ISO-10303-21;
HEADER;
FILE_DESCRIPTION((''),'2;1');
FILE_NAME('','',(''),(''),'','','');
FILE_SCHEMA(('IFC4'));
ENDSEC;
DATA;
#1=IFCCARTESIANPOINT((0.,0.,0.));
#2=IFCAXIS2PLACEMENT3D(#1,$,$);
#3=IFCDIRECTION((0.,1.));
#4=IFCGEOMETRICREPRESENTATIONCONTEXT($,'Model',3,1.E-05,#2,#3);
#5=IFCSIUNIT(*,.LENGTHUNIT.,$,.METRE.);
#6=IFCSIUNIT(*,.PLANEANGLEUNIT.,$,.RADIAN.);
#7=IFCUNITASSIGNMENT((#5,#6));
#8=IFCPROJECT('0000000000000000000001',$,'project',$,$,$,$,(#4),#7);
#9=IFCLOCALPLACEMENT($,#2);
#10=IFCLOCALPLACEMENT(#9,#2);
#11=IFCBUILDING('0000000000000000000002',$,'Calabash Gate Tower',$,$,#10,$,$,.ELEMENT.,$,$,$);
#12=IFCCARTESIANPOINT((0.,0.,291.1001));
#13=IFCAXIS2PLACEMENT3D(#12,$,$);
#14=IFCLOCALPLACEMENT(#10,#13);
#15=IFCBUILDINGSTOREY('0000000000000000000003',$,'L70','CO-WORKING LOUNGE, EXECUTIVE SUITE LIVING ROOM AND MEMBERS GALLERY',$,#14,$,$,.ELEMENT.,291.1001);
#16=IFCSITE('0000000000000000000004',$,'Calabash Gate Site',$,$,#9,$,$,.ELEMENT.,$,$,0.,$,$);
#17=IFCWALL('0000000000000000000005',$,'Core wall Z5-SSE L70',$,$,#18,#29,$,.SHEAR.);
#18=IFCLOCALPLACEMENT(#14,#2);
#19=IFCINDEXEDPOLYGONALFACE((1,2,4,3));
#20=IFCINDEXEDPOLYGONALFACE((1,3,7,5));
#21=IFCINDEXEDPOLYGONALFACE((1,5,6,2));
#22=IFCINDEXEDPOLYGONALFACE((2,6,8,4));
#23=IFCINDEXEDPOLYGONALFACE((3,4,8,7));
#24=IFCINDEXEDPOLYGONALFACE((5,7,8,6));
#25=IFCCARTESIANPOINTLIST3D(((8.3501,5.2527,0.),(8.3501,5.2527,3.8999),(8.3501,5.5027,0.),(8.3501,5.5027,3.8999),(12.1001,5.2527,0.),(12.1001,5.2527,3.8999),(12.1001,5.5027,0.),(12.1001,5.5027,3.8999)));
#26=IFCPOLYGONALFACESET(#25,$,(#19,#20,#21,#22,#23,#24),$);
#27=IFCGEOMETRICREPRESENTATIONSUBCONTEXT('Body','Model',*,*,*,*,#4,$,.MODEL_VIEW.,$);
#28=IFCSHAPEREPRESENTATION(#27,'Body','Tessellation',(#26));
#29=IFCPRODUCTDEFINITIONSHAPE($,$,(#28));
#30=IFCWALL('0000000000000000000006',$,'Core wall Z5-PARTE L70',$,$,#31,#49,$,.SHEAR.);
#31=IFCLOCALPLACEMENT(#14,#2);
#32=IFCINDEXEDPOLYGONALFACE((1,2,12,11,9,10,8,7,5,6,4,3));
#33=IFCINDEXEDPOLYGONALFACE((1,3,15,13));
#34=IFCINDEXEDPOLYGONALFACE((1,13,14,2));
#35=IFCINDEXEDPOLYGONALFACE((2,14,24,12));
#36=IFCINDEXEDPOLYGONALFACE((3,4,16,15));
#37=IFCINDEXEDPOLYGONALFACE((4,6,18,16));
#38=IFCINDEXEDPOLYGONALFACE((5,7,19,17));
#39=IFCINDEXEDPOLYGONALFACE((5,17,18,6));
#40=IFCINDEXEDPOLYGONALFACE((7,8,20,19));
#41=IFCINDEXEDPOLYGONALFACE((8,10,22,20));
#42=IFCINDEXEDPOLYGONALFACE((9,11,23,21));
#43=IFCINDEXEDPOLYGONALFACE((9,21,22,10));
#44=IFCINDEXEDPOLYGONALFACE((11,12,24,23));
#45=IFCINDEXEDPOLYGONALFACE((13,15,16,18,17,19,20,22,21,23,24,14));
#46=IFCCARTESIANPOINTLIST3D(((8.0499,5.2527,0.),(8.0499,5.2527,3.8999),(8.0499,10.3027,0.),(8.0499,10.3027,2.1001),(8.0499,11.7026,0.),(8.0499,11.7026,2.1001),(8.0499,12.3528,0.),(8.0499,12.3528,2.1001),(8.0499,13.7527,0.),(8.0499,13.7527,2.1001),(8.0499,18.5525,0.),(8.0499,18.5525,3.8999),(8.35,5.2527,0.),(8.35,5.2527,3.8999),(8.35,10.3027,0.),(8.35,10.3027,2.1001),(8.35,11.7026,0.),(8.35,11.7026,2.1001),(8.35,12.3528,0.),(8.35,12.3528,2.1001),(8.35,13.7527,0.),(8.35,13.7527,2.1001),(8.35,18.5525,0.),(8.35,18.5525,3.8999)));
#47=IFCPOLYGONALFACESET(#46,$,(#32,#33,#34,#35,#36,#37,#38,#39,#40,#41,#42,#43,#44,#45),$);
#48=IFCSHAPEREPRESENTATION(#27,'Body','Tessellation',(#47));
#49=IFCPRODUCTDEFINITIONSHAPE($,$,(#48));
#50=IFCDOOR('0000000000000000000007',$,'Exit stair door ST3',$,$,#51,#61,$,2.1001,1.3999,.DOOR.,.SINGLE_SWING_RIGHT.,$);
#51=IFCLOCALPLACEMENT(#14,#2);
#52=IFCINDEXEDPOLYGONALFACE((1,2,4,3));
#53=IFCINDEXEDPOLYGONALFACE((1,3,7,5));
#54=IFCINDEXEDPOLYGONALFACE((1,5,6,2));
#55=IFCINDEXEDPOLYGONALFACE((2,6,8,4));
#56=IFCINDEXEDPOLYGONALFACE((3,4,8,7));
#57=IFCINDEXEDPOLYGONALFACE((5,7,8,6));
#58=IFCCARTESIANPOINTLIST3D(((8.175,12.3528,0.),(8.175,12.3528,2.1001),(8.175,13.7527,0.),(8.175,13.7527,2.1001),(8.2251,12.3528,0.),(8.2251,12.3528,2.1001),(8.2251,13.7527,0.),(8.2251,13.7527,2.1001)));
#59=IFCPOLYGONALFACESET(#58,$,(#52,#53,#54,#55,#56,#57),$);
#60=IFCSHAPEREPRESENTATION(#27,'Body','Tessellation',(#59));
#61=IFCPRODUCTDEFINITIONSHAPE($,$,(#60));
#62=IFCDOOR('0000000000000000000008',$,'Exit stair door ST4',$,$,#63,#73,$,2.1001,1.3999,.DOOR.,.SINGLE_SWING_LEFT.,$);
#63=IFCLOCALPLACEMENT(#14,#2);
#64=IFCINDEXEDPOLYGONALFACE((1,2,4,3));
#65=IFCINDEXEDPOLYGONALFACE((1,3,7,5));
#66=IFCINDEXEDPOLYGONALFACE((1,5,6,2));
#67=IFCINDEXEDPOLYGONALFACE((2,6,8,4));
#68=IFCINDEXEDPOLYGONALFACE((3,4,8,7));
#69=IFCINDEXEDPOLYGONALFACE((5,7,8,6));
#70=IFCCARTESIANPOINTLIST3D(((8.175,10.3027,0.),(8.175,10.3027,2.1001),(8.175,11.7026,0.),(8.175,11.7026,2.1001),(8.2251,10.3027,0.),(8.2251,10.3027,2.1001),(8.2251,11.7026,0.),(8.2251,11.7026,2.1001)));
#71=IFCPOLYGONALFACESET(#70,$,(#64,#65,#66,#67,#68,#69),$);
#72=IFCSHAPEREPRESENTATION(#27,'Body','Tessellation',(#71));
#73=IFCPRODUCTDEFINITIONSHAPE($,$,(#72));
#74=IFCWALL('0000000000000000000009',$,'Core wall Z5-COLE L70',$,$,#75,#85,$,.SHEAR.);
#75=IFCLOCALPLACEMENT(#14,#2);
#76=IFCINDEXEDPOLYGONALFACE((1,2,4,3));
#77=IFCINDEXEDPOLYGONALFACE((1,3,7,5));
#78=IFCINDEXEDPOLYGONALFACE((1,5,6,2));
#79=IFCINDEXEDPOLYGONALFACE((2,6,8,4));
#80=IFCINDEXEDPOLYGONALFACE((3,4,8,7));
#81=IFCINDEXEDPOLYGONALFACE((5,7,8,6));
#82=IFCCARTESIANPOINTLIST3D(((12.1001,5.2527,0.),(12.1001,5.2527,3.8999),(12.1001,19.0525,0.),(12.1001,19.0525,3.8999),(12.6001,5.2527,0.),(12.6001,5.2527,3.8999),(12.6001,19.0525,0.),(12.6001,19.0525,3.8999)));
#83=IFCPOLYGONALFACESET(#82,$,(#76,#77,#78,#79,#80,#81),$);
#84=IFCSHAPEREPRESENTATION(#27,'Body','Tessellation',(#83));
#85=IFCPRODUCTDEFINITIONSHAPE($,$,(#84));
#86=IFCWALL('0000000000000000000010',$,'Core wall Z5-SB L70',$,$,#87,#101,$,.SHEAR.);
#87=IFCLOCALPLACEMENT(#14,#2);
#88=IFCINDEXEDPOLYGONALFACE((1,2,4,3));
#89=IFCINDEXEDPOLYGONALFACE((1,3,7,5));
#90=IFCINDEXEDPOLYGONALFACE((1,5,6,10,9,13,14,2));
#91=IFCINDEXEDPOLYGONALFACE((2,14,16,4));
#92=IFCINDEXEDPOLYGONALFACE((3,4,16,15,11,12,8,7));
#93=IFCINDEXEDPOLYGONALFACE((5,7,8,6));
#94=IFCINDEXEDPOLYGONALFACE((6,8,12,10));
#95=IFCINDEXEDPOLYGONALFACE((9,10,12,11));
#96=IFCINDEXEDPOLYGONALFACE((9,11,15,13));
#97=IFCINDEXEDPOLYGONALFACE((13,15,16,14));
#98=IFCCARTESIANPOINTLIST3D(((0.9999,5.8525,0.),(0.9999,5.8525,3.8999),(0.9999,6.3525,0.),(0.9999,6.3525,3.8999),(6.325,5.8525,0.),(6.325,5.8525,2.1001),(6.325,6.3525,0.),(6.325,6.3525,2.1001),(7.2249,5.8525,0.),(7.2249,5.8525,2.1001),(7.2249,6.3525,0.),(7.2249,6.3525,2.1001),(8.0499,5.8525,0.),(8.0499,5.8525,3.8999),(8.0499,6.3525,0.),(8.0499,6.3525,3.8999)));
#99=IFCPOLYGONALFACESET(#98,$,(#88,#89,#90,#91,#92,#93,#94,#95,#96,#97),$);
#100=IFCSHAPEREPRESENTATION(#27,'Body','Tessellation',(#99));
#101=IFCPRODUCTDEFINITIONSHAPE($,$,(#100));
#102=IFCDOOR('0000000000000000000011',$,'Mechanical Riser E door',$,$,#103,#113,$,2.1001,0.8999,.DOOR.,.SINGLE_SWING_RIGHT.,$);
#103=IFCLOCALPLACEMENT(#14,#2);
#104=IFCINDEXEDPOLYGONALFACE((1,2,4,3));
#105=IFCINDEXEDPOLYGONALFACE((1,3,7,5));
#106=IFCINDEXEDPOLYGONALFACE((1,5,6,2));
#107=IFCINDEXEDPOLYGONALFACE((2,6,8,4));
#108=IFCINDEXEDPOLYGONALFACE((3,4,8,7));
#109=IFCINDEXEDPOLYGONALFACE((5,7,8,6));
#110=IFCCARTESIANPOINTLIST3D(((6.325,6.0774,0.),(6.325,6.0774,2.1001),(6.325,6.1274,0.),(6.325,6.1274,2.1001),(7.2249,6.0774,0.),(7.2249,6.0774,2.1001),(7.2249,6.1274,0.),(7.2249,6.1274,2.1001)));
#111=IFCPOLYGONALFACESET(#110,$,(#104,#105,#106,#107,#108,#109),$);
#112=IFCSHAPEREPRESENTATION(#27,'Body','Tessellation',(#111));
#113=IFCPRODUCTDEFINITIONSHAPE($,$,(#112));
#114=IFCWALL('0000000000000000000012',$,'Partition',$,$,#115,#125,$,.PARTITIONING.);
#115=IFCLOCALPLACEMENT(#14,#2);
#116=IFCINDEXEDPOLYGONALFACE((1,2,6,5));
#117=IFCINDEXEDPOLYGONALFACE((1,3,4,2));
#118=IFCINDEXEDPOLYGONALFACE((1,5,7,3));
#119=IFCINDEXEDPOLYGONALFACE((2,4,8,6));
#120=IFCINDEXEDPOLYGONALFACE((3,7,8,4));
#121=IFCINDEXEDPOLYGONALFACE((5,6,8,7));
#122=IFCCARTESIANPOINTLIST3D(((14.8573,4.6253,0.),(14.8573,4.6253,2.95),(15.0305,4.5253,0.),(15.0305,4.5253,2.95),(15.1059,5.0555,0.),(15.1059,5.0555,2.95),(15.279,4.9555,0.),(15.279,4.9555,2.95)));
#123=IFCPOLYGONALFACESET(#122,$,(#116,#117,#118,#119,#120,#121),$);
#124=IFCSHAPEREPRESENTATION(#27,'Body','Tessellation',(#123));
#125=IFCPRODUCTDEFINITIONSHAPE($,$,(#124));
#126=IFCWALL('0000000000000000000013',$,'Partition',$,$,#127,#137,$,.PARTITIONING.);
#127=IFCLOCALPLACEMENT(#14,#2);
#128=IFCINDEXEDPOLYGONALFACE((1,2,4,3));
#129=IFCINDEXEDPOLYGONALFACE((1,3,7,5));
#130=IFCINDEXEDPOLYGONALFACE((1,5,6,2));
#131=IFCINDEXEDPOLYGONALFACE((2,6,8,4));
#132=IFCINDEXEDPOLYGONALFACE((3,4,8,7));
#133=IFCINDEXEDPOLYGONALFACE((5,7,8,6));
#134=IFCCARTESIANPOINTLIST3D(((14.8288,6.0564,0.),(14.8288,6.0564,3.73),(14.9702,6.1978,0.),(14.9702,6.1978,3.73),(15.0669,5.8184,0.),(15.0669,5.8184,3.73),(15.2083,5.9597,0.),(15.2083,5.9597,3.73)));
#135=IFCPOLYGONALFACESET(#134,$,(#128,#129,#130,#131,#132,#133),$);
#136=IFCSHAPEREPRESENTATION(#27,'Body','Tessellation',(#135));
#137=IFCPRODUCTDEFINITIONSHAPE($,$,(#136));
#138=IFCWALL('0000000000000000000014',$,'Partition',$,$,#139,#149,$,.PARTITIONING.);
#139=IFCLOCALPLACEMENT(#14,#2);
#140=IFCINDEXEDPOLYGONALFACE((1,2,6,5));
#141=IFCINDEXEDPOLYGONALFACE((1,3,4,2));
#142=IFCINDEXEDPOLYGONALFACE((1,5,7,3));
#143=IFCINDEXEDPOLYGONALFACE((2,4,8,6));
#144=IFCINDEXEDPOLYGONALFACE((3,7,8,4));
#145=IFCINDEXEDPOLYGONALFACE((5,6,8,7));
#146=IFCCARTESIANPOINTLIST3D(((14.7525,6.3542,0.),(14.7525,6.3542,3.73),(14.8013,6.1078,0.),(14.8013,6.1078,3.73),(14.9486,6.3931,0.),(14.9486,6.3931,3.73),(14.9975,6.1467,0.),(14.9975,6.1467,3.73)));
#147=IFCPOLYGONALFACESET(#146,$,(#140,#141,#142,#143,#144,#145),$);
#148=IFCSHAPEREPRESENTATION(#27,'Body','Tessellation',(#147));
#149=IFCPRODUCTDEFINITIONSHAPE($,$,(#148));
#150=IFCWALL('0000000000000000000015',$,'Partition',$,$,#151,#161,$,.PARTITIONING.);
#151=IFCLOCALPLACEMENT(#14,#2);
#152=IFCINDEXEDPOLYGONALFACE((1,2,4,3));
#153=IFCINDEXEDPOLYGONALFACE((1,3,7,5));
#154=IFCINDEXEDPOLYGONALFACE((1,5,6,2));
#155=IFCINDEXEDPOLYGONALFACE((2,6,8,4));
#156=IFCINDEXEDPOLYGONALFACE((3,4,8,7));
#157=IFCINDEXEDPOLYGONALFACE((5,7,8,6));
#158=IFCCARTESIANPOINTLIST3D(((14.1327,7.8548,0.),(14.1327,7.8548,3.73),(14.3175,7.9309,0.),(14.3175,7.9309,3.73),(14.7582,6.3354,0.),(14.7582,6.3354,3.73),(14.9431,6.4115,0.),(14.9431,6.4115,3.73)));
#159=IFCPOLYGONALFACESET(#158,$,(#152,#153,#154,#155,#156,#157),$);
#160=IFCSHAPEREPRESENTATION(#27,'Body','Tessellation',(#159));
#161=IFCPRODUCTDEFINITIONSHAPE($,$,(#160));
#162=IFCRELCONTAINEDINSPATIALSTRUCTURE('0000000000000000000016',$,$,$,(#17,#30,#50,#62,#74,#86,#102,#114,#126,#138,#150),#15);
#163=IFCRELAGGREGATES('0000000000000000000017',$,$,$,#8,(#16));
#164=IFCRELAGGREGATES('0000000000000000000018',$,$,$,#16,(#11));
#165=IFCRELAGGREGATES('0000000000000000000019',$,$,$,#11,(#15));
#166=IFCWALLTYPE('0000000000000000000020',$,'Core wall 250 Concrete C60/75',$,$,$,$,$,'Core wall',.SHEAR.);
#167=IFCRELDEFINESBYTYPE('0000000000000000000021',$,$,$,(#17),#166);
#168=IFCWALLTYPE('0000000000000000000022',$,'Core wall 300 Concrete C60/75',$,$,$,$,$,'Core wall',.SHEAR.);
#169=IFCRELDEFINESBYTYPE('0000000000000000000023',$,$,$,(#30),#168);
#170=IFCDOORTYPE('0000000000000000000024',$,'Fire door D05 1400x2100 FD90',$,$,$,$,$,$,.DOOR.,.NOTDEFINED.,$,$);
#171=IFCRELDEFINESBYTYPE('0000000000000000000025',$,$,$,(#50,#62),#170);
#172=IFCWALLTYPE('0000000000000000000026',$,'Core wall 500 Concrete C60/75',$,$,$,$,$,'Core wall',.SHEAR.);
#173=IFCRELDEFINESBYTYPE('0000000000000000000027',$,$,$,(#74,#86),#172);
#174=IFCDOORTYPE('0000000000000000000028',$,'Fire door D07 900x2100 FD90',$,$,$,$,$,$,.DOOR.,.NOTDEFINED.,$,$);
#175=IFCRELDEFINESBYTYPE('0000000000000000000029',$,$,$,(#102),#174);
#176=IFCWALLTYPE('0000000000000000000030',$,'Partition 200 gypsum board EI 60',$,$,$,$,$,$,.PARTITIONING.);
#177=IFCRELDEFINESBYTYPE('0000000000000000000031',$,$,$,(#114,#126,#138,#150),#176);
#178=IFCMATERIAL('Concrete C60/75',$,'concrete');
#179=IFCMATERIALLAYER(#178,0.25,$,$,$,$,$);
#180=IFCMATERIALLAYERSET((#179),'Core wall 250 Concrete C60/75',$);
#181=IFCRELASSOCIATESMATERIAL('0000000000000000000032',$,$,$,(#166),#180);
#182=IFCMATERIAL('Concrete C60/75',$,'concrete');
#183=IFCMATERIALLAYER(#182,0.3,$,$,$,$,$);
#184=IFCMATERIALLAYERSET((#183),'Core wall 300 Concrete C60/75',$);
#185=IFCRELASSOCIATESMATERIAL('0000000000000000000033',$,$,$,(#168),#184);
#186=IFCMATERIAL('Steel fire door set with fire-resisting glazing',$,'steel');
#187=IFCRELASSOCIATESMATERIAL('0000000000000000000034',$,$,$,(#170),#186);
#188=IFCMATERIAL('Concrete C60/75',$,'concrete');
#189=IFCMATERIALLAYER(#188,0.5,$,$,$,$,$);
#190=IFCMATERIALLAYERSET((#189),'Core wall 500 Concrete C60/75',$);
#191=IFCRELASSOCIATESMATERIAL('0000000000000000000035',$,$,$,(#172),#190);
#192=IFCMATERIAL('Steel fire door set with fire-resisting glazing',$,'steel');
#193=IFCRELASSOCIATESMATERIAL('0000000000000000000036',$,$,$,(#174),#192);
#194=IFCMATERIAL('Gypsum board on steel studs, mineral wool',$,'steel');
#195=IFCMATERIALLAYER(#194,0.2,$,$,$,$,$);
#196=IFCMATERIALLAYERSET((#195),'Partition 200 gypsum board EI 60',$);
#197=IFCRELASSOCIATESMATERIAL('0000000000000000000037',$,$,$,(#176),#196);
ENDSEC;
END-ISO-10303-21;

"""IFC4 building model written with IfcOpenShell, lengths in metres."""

from ifc_helpers import new_model, si_unit, direction, frame, frame_2d, origin, place, context, subcontext, project, spatial, rectangle, extrude, material, layer, layer_set, type_object, element, fill, save


model = new_model("IFC4")

# Units and contexts
model_context = context("Model", 3, precision=1e-05, world=origin(), true_north=direction((0.0, 1.0)))
body_context = subcontext(model_context, "Body", "Model", "MODEL_VIEW")
ifc_project = project(units=[si_unit("LENGTHUNIT", "METRE"), si_unit("PLANEANGLEUNIT", "RADIAN")], contexts=[model_context])

# Site, building, storey
site_placement = place(None, origin())
site = spatial("IfcSite", under=ifc_project, at=site_placement, Name="Calabash Gate Site", CompositionType="ELEMENT", RefElevation=0.0)
building_placement = place(site_placement, origin())
building = spatial("IfcBuilding", under=site, at=building_placement, Name="Calabash Gate Tower", CompositionType="ELEMENT")
storey_placement = place(building_placement, frame((0.0, 0.0, 291.1001)))
storey = spatial("IfcBuildingStorey", under=building, at=storey_placement, Name="L70", Description="CO-WORKING LOUNGE, EXECUTIVE SUITE LIVING ROOM AND MEMBERS GALLERY", CompositionType="ELEMENT", Elevation=291.1001)

# Wall
ifc_material_1 = material(Name="Concrete C60/75", Category="concrete")
ifc_layer_1 = layer(ifc_material_1, 0.25)
ifc_layer_set_1 = layer_set([ifc_layer_1], Name="Core wall 250 Concrete C60/75")
wall_type_1 = type_object("IfcWallType", Name="Core wall 250 Concrete C60/75", ElementType="Core wall", PredefinedType="SHEAR", material=ifc_layer_set_1)
wall_1_placement = place(storey_placement, frame((8.3501, 5.3777, 0.0), z_axis=(0.0, 0.0, 1.0), x_axis=(1.0, 0.0, 0.0)))
element("IfcWall", 1, at=wall_1_placement, inside=storey, type_object=wall_type_1, Name="Core wall Z5-SSE L70", PredefinedType="SHEAR", context=body_context, shape_type="SweptSolid", body=[
    extrude(rectangle(XDim=3.75, YDim=0.25, at=frame_2d((1.875, 0.0))), origin(), (0.0, 0.0, 1.0), 3.8999),
])

# Wall, openings, doors
ifc_material_2 = material(Name="Concrete C60/75", Category="concrete")
ifc_layer_2 = layer(ifc_material_2, 0.3)
ifc_layer_set_2 = layer_set([ifc_layer_2], Name="Core wall 300 Concrete C60/75")
wall_type_2 = type_object("IfcWallType", Name="Core wall 300 Concrete C60/75", ElementType="Core wall", PredefinedType="SHEAR", material=ifc_layer_set_2)
wall_2_placement = place(storey_placement, frame((8.2, 5.2527, 0.0), z_axis=(0.0, 0.0, 1.0), x_axis=(0.0, 1.0, 0.0)))
wall_2 = element("IfcWall", 2, at=wall_2_placement, inside=storey, type_object=wall_type_2, Name="Core wall Z5-PARTE L70", PredefinedType="SHEAR", context=body_context, shape_type="SweptSolid", body=[
    extrude(rectangle(XDim=13.2998, YDim=0.3, at=frame_2d((6.6499, 0.0))), origin(), (0.0, 0.0, 1.0), 3.8999),
])
opening_1_placement = place(wall_2_placement, frame((7.1001, 0.0, 0.0)))
opening_1 = element("IfcOpeningElement", 3, at=opening_1_placement, cuts=wall_2, PredefinedType="OPENING", context=body_context, shape_type="SweptSolid", body=[
    extrude(rectangle(XDim=1.3999, YDim=2.1001, at=frame_2d((0.7, 1.05))), frame((0.0, 0.1599, 0.0), z_axis=(0.0, -1.0, 0.0), x_axis=(1.0, 0.0, 0.0)), (0.0, 0.0, 1.0), 0.3201),
])
opening_2_placement = place(wall_2_placement, frame((5.05, 0.0, 0.0)))
opening_2 = element("IfcOpeningElement", 4, at=opening_2_placement, cuts=wall_2, PredefinedType="OPENING", context=body_context, shape_type="SweptSolid", body=[
    extrude(rectangle(XDim=1.3999, YDim=2.1001, at=frame_2d((0.7, 1.05))), frame((0.0, 0.1599, 0.0), z_axis=(0.0, -1.0, 0.0), x_axis=(1.0, 0.0, 0.0)), (0.0, 0.0, 1.0), 0.3201),
])
ifc_material_3 = material(Name="Steel fire door set with fire-resisting glazing", Category="steel")
door_type_1 = type_object("IfcDoorType", Name="Fire door D05 1400x2100 FD90", OperationType="NOTDEFINED", PredefinedType="DOOR", material=ifc_material_3)
door_1_placement = place(opening_1_placement, origin())
door_1 = element("IfcDoor", 5, at=door_1_placement, inside=storey, type_object=door_type_1, Name="Exit stair door ST3", OperationType="SINGLE_SWING_RIGHT", OverallHeight=2.1001, OverallWidth=1.3999, PredefinedType="DOOR", context=body_context, shape_type="SweptSolid", body=[
    extrude(rectangle(XDim=1.3999, YDim=2.1001, at=frame_2d((0.7, 1.05))), frame((0.0, 0.0249, 0.0), z_axis=(0.0, -1.0, 0.0), x_axis=(1.0, 0.0, 0.0)), (0.0, 0.0, 1.0), 0.05),
])
fill(opening_1, door_1)
door_2_placement = place(opening_2_placement, origin())
door_2 = element("IfcDoor", 6, at=door_2_placement, inside=storey, type_object=door_type_1, Name="Exit stair door ST4", OperationType="SINGLE_SWING_LEFT", OverallHeight=2.1001, OverallWidth=1.3999, PredefinedType="DOOR", context=body_context, shape_type="SweptSolid", body=[
    extrude(rectangle(XDim=1.3999, YDim=2.1001, at=frame_2d((0.7, 1.05))), frame((0.0, 0.0249, 0.0), z_axis=(0.0, -1.0, 0.0), x_axis=(1.0, 0.0, 0.0)), (0.0, 0.0, 1.0), 0.05),
])
fill(opening_2, door_2)

# Wall
ifc_material_4 = material(Name="Concrete C60/75", Category="concrete")
ifc_layer_3 = layer(ifc_material_4, 0.5)
ifc_layer_set_3 = layer_set([ifc_layer_3], Name="Core wall 500 Concrete C60/75")
wall_type_3 = type_object("IfcWallType", Name="Core wall 500 Concrete C60/75", ElementType="Core wall", PredefinedType="SHEAR", material=ifc_layer_set_3)
wall_3_placement = place(storey_placement, frame((12.3501, 5.2527, 0.0), z_axis=(0.0, 0.0, 1.0), x_axis=(0.0, 1.0, 0.0)))
element("IfcWall", 7, at=wall_3_placement, inside=storey, type_object=wall_type_3, Name="Core wall Z5-COLE L70", PredefinedType="SHEAR", context=body_context, shape_type="SweptSolid", body=[
    extrude(rectangle(XDim=13.7998, YDim=0.5, at=frame_2d((6.8999, 0.0))), origin(), (0.0, 0.0, 1.0), 3.8999),
])

# Wall, opening, door
wall_4_placement = place(storey_placement, frame((1.0, 6.1025, 0.0), z_axis=(0.0, 0.0, 1.0), x_axis=(1.0, 0.0, 0.0)))
wall_4 = element("IfcWall", 8, at=wall_4_placement, inside=storey, type_object=wall_type_3, Name="Core wall Z5-SB L70", PredefinedType="SHEAR", context=body_context, shape_type="SweptSolid", body=[
    extrude(rectangle(XDim=7.05, YDim=0.5, at=frame_2d((3.5249, 0.0))), origin(), (0.0, 0.0, 1.0), 3.8999),
])
opening_3_placement = place(wall_4_placement, frame((5.325, 0.0, 0.0)))
opening_3 = element("IfcOpeningElement", 9, at=opening_3_placement, cuts=wall_4, PredefinedType="OPENING", context=body_context, shape_type="SweptSolid", body=[
    extrude(rectangle(XDim=0.8999, YDim=2.1001, at=frame_2d((0.45, 1.05))), frame((0.0, 0.26, 0.0), z_axis=(0.0, -1.0, 0.0), x_axis=(1.0, 0.0, 0.0)), (0.0, 0.0, 1.0), 0.52),
])
ifc_material_5 = material(Name="Steel fire door set with fire-resisting glazing", Category="steel")
door_type_2 = type_object("IfcDoorType", Name="Fire door D07 900x2100 FD90", OperationType="NOTDEFINED", PredefinedType="DOOR", material=ifc_material_5)
door_3_placement = place(opening_3_placement, origin())
door_3 = element("IfcDoor", 10, at=door_3_placement, inside=storey, type_object=door_type_2, Name="Mechanical Riser E door", OperationType="SINGLE_SWING_RIGHT", OverallHeight=2.1001, OverallWidth=0.8999, PredefinedType="DOOR", context=body_context, shape_type="SweptSolid", body=[
    extrude(rectangle(XDim=0.8999, YDim=2.1001, at=frame_2d((0.45, 1.05))), frame((0.0, 0.0249, 0.0), z_axis=(0.0, -1.0, 0.0), x_axis=(1.0, 0.0, 0.0)), (0.0, 0.0, 1.0), 0.05),
])
fill(opening_3, door_3)

# Walls
ifc_material_6 = material(Name="Gypsum board on steel studs, mineral wool", Category="steel")
ifc_layer_4 = layer(ifc_material_6, 0.2)
ifc_layer_set_4 = layer_set([ifc_layer_4], Name="Partition 200 gypsum board EI 60")
wall_type_4 = type_object("IfcWallType", Name="Partition 200 gypsum board EI 60", PredefinedType="PARTITIONING", material=ifc_layer_set_4)
wall_5_placement = place(storey_placement, frame((14.9438, 4.5752, 0.0), z_axis=(0.0, 0.0, 1.0), x_axis=(0.500261, 0.865875, 0.0)))
element("IfcWall", 11, at=wall_5_placement, inside=storey, type_object=wall_type_4, Name="Partition", PredefinedType="PARTITIONING", context=body_context, shape_type="SweptSolid", body=[
    extrude(rectangle(XDim=0.4968, YDim=0.2, at=frame_2d((0.2485, 0.0))), origin(), (0.0, 0.0, 1.0), 2.95),
])
wall_6_placement = place(storey_placement, frame((14.8994, 6.1272, 0.0), z_axis=(0.0, 0.0, 1.0), x_axis=(0.707107, -0.707107, 0.0)))
element("IfcWall", 12, at=wall_6_placement, inside=storey, type_object=wall_type_4, Name="Partition", PredefinedType="PARTITIONING", context=body_context, shape_type="SweptSolid", body=[
    extrude(rectangle(XDim=0.3367, YDim=0.2, at=frame_2d((0.1685, 0.0))), origin(), (0.0, 0.0, 1.0), 3.73),
])
wall_7_placement = place(storey_placement, frame((14.8506, 6.3735, 0.0), z_axis=(0.0, 0.0, 1.0), x_axis=(0.194433, -0.980916, 0.0)))
element("IfcWall", 13, at=wall_7_placement, inside=storey, type_object=wall_type_4, Name="Partition", PredefinedType="PARTITIONING", context=body_context, shape_type="SweptSolid", body=[
    extrude(rectangle(XDim=0.2512, YDim=0.2, at=frame_2d((0.1255, 0.0))), origin(), (0.0, 0.0, 1.0), 3.73),
])
wall_8_placement = place(storey_placement, frame((14.2251, 7.8928, 0.0), z_axis=(0.0, 0.0, 1.0), x_axis=(0.380697, -0.9247, 0.0)))
element("IfcWall", 14, at=wall_8_placement, inside=storey, type_object=wall_type_4, Name="Partition", PredefinedType="PARTITIONING", context=body_context, shape_type="SweptSolid", body=[
    extrude(rectangle(XDim=1.6431, YDim=0.2, at=frame_2d((0.8215, 0.0))), origin(), (0.0, 0.0, 1.0), 3.73),
])

save(model, "model.ifc")
